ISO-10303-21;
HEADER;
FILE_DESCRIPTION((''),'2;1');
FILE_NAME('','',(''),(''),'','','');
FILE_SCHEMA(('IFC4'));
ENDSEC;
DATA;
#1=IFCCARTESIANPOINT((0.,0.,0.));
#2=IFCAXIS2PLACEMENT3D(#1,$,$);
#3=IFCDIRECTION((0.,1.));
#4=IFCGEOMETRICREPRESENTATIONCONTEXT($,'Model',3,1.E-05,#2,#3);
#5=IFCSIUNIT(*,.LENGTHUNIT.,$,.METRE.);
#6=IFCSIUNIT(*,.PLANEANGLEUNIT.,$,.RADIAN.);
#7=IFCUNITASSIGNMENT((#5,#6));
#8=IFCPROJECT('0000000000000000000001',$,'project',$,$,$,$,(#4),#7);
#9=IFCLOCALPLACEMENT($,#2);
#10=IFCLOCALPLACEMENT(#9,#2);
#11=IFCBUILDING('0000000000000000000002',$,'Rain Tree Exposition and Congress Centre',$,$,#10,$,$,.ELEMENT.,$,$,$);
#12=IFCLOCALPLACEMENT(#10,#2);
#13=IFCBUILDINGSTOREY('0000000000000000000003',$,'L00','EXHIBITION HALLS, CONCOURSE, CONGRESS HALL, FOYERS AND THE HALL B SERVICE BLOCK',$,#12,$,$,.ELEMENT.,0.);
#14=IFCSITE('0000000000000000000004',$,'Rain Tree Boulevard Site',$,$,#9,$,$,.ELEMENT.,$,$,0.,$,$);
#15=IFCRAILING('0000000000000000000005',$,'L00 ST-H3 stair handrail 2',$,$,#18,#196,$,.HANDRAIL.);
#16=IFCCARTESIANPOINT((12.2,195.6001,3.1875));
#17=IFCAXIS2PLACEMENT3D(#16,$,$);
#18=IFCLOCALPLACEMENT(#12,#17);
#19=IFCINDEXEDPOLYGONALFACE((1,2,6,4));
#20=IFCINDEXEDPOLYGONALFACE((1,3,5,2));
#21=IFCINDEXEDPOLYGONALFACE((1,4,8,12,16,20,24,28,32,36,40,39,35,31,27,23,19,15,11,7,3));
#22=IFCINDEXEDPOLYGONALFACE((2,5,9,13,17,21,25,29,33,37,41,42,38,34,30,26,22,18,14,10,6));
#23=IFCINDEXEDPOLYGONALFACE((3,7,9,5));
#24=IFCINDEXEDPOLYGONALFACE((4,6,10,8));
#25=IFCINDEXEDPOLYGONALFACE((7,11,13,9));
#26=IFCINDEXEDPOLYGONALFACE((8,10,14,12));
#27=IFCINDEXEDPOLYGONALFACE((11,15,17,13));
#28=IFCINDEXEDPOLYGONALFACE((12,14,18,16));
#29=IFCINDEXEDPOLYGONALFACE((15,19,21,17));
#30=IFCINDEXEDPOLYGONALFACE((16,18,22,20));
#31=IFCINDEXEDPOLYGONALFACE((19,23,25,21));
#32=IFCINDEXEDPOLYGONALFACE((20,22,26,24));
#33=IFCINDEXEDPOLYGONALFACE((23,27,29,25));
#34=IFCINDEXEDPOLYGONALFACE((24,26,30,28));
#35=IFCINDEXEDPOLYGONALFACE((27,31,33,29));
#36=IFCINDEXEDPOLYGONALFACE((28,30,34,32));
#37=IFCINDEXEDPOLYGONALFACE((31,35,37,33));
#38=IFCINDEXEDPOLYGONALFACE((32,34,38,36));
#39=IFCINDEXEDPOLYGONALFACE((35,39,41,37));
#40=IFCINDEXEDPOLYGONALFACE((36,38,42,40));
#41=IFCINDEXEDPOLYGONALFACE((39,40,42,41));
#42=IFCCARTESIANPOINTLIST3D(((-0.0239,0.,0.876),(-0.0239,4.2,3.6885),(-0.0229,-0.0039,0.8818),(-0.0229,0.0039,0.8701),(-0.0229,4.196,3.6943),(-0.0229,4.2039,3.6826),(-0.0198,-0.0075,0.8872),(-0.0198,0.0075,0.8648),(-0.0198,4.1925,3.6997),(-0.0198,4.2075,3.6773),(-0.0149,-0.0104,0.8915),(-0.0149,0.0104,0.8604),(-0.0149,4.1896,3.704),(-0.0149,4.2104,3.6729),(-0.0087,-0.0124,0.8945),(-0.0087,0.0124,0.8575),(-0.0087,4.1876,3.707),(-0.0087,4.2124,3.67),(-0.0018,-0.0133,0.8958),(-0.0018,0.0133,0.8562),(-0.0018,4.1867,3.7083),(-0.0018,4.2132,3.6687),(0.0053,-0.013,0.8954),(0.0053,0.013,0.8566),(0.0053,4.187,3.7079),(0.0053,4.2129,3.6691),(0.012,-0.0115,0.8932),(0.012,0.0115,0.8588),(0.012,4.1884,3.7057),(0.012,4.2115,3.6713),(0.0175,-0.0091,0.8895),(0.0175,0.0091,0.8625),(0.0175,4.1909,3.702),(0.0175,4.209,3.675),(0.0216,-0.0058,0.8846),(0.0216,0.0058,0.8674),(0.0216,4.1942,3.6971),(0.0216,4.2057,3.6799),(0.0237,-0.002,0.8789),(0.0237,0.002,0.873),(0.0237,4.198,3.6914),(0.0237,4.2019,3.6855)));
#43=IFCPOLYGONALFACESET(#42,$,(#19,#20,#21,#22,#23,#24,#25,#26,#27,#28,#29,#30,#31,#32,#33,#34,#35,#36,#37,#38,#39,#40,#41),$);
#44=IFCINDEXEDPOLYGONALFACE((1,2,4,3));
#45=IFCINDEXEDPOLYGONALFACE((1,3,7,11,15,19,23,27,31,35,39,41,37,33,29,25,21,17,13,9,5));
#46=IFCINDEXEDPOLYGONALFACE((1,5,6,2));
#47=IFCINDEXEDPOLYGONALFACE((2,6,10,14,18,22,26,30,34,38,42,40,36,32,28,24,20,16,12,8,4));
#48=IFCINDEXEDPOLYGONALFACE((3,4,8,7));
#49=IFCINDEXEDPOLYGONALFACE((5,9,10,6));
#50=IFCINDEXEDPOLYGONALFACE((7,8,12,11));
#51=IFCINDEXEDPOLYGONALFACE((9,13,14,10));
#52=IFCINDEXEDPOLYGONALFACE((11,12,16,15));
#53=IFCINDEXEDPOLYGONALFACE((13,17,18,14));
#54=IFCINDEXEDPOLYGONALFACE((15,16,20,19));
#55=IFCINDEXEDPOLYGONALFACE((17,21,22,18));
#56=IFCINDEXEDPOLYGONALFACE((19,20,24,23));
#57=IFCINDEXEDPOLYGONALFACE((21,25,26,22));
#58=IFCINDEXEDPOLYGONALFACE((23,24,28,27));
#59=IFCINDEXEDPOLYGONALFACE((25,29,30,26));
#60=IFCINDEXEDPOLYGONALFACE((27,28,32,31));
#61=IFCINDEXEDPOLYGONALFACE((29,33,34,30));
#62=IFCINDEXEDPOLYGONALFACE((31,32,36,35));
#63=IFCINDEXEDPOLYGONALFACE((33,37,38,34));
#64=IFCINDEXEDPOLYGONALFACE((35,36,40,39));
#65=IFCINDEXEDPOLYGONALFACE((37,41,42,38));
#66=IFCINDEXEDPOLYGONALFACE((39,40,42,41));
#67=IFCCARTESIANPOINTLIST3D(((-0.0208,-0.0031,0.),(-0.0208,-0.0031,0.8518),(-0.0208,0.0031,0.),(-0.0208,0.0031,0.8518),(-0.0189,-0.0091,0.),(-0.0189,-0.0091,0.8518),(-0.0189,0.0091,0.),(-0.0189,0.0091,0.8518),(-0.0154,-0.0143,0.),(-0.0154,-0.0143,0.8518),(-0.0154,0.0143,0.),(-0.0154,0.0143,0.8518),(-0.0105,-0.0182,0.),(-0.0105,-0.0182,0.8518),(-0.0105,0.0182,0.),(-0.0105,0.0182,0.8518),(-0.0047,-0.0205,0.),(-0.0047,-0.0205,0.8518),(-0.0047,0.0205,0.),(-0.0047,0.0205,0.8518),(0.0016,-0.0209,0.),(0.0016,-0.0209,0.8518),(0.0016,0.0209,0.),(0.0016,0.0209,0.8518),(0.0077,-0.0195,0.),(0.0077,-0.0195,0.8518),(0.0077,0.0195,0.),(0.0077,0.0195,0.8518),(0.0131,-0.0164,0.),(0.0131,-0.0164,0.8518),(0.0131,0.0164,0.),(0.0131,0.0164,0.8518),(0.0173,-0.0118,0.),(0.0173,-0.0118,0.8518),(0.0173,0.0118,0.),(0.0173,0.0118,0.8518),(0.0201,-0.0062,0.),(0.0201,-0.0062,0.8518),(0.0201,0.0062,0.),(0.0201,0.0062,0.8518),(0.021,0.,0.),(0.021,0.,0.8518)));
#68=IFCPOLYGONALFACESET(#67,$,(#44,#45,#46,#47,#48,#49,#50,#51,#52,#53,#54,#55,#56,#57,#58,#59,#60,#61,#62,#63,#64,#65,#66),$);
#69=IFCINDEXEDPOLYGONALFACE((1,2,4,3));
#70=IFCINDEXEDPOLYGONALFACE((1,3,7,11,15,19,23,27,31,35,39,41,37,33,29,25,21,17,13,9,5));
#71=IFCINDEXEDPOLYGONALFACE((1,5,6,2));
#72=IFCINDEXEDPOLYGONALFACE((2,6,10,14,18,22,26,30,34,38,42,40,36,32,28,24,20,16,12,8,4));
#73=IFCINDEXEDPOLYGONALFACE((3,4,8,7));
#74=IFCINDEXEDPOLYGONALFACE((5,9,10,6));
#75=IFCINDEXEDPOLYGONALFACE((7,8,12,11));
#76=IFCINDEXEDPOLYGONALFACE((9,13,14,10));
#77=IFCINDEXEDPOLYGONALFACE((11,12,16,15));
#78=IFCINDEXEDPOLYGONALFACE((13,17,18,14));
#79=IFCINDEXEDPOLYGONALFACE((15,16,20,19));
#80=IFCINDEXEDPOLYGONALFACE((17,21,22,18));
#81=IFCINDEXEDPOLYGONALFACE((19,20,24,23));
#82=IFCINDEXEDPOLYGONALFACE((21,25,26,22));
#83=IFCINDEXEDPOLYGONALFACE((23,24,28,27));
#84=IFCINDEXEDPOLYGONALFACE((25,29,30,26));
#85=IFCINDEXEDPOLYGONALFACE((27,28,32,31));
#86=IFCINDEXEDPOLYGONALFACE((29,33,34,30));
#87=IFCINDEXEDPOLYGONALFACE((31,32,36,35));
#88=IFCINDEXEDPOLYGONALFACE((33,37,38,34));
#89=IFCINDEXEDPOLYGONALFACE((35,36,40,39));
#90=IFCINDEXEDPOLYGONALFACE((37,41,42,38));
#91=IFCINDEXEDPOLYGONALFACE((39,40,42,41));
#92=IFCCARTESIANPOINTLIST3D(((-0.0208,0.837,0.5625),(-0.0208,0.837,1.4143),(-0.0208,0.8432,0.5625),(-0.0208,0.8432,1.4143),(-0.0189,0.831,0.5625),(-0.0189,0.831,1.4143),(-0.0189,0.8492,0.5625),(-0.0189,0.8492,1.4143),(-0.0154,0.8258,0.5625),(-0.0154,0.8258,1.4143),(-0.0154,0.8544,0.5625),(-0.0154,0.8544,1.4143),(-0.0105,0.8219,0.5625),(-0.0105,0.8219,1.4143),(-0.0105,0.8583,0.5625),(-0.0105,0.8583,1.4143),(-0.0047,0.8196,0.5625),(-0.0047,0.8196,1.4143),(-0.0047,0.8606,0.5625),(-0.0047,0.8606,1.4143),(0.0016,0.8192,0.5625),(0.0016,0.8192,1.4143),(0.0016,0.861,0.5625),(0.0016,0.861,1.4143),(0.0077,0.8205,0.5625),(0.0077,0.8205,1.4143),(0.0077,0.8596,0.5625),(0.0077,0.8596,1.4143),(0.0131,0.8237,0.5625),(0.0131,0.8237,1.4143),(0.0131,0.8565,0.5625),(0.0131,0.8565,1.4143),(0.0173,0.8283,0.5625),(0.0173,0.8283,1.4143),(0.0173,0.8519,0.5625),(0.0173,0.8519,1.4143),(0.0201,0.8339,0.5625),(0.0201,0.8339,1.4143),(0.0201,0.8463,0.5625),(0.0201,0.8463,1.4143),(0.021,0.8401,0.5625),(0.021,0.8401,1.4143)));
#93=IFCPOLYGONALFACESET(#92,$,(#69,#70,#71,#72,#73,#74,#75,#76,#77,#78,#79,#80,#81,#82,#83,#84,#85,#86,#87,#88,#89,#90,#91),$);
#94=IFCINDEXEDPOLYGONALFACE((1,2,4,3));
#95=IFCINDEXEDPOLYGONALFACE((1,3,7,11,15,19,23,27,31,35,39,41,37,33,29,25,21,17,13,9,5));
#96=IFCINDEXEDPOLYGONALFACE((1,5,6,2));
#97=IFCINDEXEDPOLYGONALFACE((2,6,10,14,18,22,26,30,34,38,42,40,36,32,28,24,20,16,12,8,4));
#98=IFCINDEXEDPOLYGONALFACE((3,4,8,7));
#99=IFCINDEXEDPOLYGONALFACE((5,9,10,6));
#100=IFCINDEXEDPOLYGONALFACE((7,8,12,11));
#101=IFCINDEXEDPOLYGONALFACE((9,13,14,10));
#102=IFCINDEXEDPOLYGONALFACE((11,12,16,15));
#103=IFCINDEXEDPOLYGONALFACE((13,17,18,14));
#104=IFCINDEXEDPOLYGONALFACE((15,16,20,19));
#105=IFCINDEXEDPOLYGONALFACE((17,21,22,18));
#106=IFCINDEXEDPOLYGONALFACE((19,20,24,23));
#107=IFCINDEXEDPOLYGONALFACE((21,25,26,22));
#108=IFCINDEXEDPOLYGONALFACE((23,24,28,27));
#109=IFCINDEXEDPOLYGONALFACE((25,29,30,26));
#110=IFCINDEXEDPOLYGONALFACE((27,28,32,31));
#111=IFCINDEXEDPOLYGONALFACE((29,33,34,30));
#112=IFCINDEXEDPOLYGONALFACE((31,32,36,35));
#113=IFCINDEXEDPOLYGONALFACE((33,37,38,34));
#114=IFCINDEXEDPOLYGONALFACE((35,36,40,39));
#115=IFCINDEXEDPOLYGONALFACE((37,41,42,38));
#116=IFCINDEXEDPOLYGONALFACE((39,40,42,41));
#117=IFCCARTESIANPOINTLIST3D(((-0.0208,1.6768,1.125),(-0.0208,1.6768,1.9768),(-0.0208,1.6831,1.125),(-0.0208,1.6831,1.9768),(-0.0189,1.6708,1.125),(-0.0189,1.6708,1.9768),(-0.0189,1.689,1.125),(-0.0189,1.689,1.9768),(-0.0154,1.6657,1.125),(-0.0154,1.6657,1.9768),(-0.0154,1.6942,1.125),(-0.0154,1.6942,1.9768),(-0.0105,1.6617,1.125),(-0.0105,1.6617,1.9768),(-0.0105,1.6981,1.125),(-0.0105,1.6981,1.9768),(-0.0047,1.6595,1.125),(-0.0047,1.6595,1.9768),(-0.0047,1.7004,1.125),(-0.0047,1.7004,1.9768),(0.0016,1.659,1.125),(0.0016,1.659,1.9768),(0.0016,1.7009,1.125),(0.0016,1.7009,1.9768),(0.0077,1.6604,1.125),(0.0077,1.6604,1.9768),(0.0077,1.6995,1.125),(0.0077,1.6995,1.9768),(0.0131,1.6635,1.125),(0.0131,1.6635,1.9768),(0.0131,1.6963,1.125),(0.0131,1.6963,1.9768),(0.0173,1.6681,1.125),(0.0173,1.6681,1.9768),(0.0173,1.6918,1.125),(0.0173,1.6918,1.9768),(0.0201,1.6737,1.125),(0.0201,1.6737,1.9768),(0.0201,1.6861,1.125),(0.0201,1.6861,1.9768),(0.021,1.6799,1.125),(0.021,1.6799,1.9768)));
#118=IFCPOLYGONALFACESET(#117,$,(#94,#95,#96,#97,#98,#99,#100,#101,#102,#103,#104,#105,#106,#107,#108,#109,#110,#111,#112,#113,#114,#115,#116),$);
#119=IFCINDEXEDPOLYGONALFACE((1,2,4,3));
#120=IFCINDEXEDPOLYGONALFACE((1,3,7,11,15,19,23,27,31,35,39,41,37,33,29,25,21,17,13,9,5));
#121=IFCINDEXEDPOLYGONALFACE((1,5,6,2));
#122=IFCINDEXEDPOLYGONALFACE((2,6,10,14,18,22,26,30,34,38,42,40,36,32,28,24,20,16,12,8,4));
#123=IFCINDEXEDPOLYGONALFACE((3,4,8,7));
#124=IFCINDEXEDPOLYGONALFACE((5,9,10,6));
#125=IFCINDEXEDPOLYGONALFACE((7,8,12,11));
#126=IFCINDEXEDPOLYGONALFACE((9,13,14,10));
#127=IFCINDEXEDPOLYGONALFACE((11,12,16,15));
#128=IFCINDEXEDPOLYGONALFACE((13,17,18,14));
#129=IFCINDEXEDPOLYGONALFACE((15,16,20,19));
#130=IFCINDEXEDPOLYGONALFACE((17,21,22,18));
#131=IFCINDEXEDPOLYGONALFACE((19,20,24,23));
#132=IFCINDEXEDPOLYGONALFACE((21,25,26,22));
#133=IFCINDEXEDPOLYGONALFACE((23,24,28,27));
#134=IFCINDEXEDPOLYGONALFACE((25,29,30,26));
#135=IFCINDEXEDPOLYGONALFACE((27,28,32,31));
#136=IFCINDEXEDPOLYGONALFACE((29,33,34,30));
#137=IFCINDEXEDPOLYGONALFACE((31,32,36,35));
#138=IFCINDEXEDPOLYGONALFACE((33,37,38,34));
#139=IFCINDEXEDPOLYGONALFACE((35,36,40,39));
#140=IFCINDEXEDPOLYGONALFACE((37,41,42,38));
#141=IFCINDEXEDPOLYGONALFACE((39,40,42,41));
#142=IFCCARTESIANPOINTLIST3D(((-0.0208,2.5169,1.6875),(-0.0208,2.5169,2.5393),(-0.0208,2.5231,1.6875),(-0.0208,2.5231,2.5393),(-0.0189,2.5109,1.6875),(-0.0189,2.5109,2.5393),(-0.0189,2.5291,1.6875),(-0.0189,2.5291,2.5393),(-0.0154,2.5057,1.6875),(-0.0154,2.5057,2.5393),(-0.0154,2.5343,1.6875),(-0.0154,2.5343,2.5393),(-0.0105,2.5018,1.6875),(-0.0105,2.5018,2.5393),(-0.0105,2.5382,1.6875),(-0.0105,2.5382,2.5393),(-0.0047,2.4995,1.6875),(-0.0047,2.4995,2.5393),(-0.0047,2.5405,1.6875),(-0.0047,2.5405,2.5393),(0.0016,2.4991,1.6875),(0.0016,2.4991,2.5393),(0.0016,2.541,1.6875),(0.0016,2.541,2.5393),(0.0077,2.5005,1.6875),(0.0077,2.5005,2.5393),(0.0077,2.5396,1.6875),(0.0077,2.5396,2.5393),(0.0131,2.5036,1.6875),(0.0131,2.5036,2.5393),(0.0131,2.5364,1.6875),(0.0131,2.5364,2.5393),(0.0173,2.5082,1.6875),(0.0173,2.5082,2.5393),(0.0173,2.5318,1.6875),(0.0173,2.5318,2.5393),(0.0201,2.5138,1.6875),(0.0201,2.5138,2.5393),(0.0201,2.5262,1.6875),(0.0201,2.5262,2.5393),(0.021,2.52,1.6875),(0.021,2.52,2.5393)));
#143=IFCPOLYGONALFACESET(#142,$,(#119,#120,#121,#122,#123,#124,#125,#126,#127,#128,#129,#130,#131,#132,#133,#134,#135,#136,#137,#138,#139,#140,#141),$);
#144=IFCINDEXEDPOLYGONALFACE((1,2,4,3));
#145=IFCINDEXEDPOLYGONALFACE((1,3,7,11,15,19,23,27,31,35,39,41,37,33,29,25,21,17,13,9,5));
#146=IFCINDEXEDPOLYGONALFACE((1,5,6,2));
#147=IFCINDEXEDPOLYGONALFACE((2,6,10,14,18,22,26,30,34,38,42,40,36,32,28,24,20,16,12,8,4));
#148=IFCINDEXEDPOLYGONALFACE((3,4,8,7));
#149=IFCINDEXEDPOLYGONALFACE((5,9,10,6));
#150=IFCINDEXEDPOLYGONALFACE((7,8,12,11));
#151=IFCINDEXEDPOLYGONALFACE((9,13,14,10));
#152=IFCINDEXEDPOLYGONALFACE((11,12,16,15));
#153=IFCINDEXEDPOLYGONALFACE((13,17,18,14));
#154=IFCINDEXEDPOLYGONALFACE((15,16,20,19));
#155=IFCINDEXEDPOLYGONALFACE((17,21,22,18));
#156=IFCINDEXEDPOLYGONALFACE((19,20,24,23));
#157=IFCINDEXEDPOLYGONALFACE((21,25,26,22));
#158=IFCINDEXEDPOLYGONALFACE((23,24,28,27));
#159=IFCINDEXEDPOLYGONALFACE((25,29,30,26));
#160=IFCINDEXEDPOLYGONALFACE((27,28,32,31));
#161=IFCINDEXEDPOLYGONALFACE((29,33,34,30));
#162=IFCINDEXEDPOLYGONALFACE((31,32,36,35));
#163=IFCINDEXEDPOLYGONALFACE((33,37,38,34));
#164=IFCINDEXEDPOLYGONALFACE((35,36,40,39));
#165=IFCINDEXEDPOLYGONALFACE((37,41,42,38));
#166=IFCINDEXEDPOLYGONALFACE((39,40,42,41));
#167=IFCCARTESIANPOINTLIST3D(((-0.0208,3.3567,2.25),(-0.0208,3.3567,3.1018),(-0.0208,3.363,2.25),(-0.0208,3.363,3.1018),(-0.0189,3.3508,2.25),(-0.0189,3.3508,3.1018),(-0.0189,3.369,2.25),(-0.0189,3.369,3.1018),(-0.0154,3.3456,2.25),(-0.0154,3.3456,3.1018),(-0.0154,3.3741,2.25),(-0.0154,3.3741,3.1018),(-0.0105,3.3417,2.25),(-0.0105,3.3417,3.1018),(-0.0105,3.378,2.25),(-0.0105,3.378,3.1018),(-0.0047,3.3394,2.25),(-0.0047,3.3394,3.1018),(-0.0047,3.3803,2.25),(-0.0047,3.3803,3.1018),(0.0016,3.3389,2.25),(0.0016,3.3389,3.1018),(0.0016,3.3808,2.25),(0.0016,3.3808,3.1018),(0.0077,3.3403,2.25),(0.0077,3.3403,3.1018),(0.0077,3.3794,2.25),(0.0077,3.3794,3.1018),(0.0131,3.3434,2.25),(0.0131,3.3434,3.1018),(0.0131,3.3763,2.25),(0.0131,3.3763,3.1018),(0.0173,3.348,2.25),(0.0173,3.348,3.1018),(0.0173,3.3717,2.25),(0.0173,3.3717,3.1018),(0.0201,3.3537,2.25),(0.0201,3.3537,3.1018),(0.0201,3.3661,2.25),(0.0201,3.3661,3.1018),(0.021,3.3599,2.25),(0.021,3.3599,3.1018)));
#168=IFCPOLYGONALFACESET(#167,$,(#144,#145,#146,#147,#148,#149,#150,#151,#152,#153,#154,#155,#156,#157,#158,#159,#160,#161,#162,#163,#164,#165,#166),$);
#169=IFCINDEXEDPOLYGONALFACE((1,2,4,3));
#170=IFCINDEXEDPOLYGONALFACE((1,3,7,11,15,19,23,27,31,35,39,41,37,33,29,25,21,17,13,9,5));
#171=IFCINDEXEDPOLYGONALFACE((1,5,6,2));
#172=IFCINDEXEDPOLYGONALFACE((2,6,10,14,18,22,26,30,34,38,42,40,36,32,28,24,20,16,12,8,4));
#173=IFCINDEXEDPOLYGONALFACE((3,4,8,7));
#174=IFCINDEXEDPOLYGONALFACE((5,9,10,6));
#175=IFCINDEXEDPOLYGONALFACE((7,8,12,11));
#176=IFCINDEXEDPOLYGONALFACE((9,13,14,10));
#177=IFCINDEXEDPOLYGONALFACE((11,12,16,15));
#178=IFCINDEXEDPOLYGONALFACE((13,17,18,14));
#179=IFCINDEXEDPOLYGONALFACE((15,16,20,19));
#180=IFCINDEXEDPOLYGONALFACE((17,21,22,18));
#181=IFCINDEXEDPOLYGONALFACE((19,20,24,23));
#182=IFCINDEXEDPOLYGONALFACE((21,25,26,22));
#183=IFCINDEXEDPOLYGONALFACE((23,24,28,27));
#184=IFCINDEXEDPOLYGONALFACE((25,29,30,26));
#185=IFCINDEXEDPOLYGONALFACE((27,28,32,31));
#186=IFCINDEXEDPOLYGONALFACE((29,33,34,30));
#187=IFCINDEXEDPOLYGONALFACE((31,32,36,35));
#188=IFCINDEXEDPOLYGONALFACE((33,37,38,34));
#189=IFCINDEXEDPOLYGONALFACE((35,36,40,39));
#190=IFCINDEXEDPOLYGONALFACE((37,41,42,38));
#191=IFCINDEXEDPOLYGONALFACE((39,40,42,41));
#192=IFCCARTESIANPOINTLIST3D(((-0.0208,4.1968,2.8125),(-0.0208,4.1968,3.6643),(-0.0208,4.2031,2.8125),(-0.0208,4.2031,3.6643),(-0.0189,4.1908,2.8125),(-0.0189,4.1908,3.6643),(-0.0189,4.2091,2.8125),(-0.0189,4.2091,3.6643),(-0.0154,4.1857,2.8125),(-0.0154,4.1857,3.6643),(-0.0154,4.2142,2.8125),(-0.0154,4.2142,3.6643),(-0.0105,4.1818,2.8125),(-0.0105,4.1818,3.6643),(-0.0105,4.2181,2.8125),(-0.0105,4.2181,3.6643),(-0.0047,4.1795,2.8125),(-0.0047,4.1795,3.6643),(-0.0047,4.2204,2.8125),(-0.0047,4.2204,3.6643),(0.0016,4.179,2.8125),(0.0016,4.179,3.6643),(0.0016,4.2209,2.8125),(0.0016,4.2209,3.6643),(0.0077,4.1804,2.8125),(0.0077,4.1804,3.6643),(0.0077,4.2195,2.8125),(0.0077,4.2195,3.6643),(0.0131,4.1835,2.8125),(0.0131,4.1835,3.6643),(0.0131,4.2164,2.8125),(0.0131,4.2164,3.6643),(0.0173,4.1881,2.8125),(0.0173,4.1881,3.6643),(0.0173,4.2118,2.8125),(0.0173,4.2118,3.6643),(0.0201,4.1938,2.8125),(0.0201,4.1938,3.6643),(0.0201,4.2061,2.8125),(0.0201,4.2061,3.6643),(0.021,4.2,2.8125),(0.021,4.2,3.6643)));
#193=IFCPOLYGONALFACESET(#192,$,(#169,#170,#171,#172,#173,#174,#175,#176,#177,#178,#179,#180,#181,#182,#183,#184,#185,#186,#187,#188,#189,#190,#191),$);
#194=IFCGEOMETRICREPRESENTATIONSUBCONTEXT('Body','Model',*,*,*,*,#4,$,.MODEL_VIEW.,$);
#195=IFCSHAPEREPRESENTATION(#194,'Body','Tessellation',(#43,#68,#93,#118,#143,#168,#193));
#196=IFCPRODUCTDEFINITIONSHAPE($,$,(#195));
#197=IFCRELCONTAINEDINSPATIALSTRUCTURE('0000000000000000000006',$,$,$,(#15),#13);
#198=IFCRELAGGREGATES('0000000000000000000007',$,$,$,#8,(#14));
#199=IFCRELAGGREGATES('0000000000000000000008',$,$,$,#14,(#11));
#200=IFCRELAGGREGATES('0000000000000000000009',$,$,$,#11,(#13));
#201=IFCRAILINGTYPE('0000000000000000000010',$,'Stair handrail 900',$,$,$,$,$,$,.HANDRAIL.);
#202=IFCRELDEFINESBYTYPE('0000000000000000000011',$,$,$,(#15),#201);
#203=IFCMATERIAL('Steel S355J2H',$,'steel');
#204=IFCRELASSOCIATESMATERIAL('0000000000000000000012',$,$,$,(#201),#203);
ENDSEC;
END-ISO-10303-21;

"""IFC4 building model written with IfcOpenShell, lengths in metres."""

from ifc_helpers import new_model, si_unit, direction, frame, origin, origin_2d, place, context, subcontext, project, spatial, circle, extrude, material, type_object, element, save


model = new_model("IFC4")

# Units and contexts
model_context = context("Model", 3, precision=1e-05, world=origin(), true_north=direction((0.0, 1.0)))
body_context = subcontext(model_context, "Body", "Model", "MODEL_VIEW")
ifc_project = project(units=[si_unit("LENGTHUNIT", "METRE"), si_unit("PLANEANGLEUNIT", "RADIAN")], contexts=[model_context])

# Site, building, storey
site_placement = place(None, origin())
site = spatial("IfcSite", under=ifc_project, at=site_placement, Name="Rain Tree Boulevard Site", CompositionType="ELEMENT", RefElevation=0.0)
building_placement = place(site_placement, origin())
building = spatial("IfcBuilding", under=site, at=building_placement, Name="Rain Tree Exposition and Congress Centre", CompositionType="ELEMENT")
storey_placement = place(building_placement, origin())
storey = spatial("IfcBuildingStorey", under=building, at=storey_placement, Name="L00", Description="EXHIBITION HALLS, CONCOURSE, CONGRESS HALL, FOYERS AND THE HALL B SERVICE BLOCK", CompositionType="ELEMENT", Elevation=0.0)

# Railing
ifc_material_1 = material(Name="Steel S355J2H", Category="steel")
railing_type_1 = type_object("IfcRailingType", Name="Stair handrail 900", PredefinedType="HANDRAIL", material=ifc_material_1)
railing_1_placement = place(storey_placement, frame((12.2, 195.6001, 3.1875)))
element("IfcRailing", 1, at=railing_1_placement, inside=storey, type_object=railing_type_1, Name="L00 ST-H3 stair handrail 2", PredefinedType="HANDRAIL", context=body_context, shape_type="SweptSolid", body=[
    extrude(circle(Radius=0.0239, at=origin_2d()), frame((0.0, 0.0, 0.876), z_axis=(0.0, 0.830904, 0.556416), x_axis=(-1.0, 0.0, 0.0)), (0.0, 0.0, 1.0), 5.0547),
    extrude(circle(Radius=0.021, at=origin_2d()), origin(), (0.0, 0.0, 1.0), 0.8518),
    extrude(circle(Radius=0.021, at=origin_2d()), frame((0.0, 0.8401, 0.5625)), (0.0, 0.0, 1.0), 0.8518),
    extrude(circle(Radius=0.021, at=origin_2d()), frame((0.0, 1.6799, 1.125)), (0.0, 0.0, 1.0), 0.8518),
    extrude(circle(Radius=0.021, at=origin_2d()), frame((0.0, 2.52, 1.6875)), (0.0, 0.0, 1.0), 0.8518),
    extrude(circle(Radius=0.021, at=origin_2d()), frame((0.0, 3.3599, 2.25)), (0.0, 0.0, 1.0), 0.8518),
    extrude(circle(Radius=0.021, at=origin_2d()), frame((0.0, 4.2, 2.8125)), (0.0, 0.0, 1.0), 0.8518),
])

save(model, "model.ifc")
